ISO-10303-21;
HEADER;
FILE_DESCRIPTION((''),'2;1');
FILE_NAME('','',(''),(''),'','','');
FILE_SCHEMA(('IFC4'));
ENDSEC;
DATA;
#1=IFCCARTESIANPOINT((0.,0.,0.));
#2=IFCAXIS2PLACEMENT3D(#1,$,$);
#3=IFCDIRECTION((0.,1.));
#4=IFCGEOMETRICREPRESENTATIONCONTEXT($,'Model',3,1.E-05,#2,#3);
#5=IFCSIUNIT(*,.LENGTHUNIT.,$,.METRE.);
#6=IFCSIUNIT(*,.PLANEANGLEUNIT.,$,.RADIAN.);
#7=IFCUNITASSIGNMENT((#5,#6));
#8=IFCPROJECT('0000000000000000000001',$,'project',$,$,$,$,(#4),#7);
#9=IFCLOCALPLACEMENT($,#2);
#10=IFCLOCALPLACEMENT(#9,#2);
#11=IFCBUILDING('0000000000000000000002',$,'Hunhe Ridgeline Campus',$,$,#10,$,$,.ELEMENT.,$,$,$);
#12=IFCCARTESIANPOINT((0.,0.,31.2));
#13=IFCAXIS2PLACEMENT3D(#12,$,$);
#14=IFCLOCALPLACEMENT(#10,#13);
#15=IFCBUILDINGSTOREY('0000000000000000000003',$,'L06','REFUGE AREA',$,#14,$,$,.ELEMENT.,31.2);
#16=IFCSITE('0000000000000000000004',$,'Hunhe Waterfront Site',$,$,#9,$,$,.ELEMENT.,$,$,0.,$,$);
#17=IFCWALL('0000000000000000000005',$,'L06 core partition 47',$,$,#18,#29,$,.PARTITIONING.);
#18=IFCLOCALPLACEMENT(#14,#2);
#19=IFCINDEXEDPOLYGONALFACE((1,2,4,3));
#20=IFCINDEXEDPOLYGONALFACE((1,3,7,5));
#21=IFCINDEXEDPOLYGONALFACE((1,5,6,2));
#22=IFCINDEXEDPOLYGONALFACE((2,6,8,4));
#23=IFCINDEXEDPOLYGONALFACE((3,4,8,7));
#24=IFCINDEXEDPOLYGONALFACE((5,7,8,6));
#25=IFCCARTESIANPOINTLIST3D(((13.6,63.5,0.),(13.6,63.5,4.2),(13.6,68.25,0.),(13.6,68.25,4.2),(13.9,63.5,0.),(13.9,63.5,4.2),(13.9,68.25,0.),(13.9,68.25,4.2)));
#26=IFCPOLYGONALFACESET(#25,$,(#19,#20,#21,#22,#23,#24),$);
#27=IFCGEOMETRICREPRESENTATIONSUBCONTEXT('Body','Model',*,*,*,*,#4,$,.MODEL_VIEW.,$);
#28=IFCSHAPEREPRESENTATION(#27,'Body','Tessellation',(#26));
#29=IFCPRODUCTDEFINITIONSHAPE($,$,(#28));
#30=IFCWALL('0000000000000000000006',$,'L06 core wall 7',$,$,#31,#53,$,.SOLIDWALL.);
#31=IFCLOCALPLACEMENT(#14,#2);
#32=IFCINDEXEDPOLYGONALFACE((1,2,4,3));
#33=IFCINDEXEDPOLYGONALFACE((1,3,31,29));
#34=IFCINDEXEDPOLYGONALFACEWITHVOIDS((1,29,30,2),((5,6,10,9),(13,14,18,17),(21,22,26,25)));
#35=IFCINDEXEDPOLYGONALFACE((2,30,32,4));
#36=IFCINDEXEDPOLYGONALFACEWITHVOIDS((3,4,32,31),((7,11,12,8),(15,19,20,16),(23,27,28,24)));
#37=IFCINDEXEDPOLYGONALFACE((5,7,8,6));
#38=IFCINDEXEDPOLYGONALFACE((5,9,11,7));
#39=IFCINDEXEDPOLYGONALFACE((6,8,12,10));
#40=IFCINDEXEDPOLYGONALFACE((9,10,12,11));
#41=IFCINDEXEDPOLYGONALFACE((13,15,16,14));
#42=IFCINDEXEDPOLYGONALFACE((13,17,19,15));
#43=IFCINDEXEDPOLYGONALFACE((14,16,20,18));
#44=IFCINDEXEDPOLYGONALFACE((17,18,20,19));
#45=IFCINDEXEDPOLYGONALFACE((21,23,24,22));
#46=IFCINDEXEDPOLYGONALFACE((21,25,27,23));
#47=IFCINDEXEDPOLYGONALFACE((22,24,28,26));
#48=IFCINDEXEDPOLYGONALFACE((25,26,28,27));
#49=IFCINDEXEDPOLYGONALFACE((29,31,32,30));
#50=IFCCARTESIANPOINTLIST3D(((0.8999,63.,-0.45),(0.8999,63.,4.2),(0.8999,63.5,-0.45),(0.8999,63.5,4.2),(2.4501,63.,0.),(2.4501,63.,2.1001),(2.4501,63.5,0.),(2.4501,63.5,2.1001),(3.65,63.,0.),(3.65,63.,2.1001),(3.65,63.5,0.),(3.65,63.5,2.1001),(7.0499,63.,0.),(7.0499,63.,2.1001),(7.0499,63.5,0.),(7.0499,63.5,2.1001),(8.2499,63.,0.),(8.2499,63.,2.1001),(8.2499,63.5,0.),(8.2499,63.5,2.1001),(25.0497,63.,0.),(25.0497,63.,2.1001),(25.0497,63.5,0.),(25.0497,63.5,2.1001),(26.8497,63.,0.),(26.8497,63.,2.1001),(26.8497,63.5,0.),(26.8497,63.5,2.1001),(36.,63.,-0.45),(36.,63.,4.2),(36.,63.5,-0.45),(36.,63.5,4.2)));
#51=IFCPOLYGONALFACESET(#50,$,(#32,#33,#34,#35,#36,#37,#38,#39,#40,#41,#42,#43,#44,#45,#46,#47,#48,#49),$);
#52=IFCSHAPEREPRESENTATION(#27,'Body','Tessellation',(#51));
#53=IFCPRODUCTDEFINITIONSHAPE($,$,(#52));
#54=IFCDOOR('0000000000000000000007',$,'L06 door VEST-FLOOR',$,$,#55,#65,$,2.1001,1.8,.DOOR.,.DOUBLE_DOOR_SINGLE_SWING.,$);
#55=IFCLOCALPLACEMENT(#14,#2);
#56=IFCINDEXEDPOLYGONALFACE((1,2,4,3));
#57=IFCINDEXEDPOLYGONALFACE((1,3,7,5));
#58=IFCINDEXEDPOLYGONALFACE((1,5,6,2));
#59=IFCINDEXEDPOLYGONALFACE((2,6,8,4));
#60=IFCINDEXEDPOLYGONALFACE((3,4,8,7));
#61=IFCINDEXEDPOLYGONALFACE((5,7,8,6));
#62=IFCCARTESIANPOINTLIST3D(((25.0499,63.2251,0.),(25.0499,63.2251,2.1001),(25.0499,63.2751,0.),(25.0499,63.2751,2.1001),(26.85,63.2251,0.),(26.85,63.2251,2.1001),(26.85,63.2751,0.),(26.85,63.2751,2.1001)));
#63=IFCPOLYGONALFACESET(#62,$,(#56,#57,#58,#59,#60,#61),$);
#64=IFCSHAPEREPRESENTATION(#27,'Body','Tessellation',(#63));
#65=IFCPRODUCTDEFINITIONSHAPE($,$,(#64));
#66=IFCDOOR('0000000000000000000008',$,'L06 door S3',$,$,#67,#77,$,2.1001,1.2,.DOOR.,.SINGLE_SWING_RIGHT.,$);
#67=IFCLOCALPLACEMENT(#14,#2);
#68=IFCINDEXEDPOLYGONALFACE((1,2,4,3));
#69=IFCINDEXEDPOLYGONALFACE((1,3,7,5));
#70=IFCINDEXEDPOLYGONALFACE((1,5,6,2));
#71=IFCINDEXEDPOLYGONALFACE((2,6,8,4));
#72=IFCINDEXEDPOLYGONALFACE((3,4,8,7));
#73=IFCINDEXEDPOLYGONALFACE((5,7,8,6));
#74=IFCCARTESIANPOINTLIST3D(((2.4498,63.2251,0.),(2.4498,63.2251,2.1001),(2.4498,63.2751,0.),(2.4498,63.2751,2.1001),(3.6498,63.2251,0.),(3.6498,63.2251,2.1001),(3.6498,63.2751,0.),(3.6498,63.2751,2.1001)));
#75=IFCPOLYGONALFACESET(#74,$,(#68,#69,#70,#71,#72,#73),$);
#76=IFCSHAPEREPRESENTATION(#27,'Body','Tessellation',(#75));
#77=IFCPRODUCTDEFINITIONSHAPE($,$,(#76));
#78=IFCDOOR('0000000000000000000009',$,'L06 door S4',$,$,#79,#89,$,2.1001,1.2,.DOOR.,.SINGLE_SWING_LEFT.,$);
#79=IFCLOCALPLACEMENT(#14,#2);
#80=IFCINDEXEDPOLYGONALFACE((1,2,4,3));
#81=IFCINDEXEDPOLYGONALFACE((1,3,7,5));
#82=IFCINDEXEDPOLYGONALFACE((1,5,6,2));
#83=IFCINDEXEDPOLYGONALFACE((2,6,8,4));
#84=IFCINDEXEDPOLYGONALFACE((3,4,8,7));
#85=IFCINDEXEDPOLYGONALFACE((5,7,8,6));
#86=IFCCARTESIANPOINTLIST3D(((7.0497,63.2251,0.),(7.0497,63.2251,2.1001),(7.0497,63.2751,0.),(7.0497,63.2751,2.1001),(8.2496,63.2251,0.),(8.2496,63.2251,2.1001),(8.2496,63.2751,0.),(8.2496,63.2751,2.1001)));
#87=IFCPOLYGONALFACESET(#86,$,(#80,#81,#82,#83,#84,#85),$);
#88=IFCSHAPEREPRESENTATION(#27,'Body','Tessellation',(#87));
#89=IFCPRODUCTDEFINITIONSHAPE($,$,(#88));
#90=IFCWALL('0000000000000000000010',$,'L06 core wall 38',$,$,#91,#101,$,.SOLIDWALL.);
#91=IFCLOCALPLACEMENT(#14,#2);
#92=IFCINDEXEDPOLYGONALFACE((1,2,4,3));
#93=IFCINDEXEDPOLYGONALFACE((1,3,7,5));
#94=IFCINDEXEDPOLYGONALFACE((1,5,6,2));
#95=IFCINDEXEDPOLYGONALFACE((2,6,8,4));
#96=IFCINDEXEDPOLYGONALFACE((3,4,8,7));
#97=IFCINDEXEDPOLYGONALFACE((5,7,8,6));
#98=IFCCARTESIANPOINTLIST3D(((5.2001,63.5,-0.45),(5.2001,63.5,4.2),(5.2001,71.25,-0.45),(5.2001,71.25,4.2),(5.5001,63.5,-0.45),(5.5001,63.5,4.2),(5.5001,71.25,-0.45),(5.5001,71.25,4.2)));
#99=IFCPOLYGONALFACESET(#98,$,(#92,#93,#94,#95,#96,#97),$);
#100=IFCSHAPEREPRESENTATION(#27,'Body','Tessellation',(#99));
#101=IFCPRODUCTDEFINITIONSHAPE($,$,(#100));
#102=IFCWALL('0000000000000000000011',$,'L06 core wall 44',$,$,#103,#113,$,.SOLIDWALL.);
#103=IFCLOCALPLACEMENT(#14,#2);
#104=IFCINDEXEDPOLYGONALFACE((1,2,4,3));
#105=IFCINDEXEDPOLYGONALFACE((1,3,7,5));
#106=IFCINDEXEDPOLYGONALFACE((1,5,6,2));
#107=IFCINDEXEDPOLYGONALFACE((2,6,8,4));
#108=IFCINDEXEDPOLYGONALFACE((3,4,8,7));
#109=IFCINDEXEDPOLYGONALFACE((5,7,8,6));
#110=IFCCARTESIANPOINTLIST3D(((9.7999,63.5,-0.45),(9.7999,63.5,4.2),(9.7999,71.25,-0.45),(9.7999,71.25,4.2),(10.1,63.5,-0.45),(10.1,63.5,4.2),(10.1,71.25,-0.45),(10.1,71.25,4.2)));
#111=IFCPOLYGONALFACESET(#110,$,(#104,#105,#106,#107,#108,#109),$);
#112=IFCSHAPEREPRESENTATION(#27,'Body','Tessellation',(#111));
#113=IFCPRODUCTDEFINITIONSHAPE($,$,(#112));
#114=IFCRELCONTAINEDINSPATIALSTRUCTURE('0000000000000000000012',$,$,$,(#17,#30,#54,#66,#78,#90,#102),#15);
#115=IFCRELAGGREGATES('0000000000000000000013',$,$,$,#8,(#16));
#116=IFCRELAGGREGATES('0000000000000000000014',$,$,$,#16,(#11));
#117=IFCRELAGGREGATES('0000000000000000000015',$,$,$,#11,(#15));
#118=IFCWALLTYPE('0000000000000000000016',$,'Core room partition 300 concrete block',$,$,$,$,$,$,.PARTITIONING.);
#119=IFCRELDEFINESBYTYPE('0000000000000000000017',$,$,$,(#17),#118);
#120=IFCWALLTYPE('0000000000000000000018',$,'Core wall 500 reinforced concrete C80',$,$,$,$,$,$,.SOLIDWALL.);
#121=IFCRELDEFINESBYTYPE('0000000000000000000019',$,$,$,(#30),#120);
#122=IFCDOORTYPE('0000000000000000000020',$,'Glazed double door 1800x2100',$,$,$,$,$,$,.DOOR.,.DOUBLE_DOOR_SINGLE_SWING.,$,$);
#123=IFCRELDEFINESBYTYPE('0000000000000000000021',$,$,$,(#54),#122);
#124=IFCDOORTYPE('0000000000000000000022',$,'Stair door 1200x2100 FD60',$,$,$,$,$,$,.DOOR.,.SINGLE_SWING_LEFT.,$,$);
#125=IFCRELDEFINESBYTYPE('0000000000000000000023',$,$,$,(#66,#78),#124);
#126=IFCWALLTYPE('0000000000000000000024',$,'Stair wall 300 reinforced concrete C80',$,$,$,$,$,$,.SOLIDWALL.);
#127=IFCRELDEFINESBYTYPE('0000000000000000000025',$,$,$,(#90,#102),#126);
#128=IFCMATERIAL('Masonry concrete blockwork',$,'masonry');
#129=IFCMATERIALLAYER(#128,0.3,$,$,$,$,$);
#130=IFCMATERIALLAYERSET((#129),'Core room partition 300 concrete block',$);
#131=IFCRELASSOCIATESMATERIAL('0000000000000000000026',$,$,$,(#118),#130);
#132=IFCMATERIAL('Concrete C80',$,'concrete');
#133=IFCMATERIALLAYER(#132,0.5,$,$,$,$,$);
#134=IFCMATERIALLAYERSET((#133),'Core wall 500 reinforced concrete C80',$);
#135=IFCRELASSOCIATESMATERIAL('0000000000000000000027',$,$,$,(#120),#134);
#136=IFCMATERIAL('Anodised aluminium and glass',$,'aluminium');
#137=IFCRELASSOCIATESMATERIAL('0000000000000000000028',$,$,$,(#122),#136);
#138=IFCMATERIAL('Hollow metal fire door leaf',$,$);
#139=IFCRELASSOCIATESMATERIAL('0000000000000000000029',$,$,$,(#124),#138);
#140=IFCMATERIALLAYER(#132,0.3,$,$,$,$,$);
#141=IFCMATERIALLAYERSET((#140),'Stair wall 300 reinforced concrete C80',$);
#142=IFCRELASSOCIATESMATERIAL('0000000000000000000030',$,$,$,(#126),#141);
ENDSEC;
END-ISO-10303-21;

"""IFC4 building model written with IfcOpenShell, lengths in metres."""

from ifc_helpers import new_model, si_unit, direction, frame, frame_2d, origin, place, context, subcontext, project, spatial, rectangle, extrude, material, layer, layer_set, type_object, element, fill, save


model = new_model("IFC4")

# Units and contexts
model_context = context("Model", 3, precision=1e-05, world=origin(), true_north=direction((0.0, 1.0)))
body_context = subcontext(model_context, "Body", "Model", "MODEL_VIEW")
ifc_project = project(units=[si_unit("LENGTHUNIT", "METRE"), si_unit("PLANEANGLEUNIT", "RADIAN")], contexts=[model_context])

# Site, building, storey
site_placement = place(None, origin())
site = spatial("IfcSite", under=ifc_project, at=site_placement, Name="Hunhe Waterfront Site", CompositionType="ELEMENT", RefElevation=0.0)
building_placement = place(site_placement, origin())
building = spatial("IfcBuilding", under=site, at=building_placement, Name="Hunhe Ridgeline Campus", CompositionType="ELEMENT")
storey_placement = place(building_placement, frame((0.0, 0.0, 31.2)))
storey = spatial("IfcBuildingStorey", under=building, at=storey_placement, Name="L06", Description="REFUGE AREA", CompositionType="ELEMENT", Elevation=31.2)

# Wall
ifc_material_1 = material(Name="Masonry concrete blockwork", Category="masonry")
ifc_layer_1 = layer(ifc_material_1, 0.3)
ifc_layer_set_1 = layer_set([ifc_layer_1], Name="Core room partition 300 concrete block")
wall_type_1 = type_object("IfcWallType", Name="Core room partition 300 concrete block", PredefinedType="PARTITIONING", material=ifc_layer_set_1)
wall_1_placement = place(storey_placement, frame((13.75, 63.5, 0.0), z_axis=(0.0, 0.0, 1.0), x_axis=(0.0, 1.0, 0.0)))
element("IfcWall", 1, at=wall_1_placement, inside=storey, type_object=wall_type_1, Name="L06 core partition 47", PredefinedType="PARTITIONING", context=body_context, shape_type="SweptSolid", body=[
    extrude(rectangle(XDim=4.75, YDim=0.3, at=frame_2d((2.375, 0.0))), origin(), (0.0, 0.0, 1.0), 4.2),
])

# Wall, openings, doors
ifc_material_2 = material(Name="Concrete C80", Category="concrete")
ifc_layer_2 = layer(ifc_material_2, 0.5)
ifc_layer_set_2 = layer_set([ifc_layer_2], Name="Core wall 500 reinforced concrete C80")
wall_type_2 = type_object("IfcWallType", Name="Core wall 500 reinforced concrete C80", PredefinedType="SOLIDWALL", material=ifc_layer_set_2)
wall_2_placement = place(storey_placement, frame((0.8999, 63.25, -0.45), z_axis=(0.0, 0.0, 1.0), x_axis=(1.0, 0.0, 0.0)))
wall_2 = element("IfcWall", 2, at=wall_2_placement, inside=storey, type_object=wall_type_2, Name="L06 core wall 7", PredefinedType="SOLIDWALL", context=body_context, shape_type="SweptSolid", body=[
    extrude(rectangle(XDim=35.1001, YDim=0.5, at=frame_2d((17.55, 0.0))), origin(), (0.0, 0.0, 1.0), 4.6499),
])
opening_1_placement = place(wall_2_placement, frame((24.1499, 0.0, 0.45)))
opening_1 = element("IfcOpeningElement", 3, at=opening_1_placement, cuts=wall_2, PredefinedType="OPENING", context=body_context, shape_type="SweptSolid", body=[
    extrude(rectangle(XDim=1.8, YDim=2.1001, at=frame_2d((0.8999, 1.05))), frame((0.0, 0.25, 0.0), z_axis=(0.0, -1.0, 0.0), x_axis=(1.0, 0.0, 0.0)), (0.0, 0.0, 1.0), 0.5),
])
opening_2_placement = place(wall_2_placement, frame((1.55, 0.0, 0.45)))
opening_2 = element("IfcOpeningElement", 4, at=opening_2_placement, cuts=wall_2, PredefinedType="OPENING", context=body_context, shape_type="SweptSolid", body=[
    extrude(rectangle(XDim=1.2, YDim=2.1001, at=frame_2d((0.6001, 1.05))), frame((0.0, 0.25, 0.0), z_axis=(0.0, -1.0, 0.0), x_axis=(1.0, 0.0, 0.0)), (0.0, 0.0, 1.0), 0.5),
])
opening_3_placement = place(wall_2_placement, frame((6.1499, 0.0, 0.45)))
opening_3 = element("IfcOpeningElement", 5, at=opening_3_placement, cuts=wall_2, PredefinedType="OPENING", context=body_context, shape_type="SweptSolid", body=[
    extrude(rectangle(XDim=1.2, YDim=2.1001, at=frame_2d((0.6001, 1.05))), frame((0.0, 0.25, 0.0), z_axis=(0.0, -1.0, 0.0), x_axis=(1.0, 0.0, 0.0)), (0.0, 0.0, 1.0), 0.5),
])
ifc_material_3 = material(Name="Anodised aluminium and glass", Category="aluminium")
door_type_1 = type_object("IfcDoorType", Name="Glazed double door 1800x2100", OperationType="DOUBLE_DOOR_SINGLE_SWING", PredefinedType="DOOR", material=ifc_material_3)
door_1_placement = place(opening_1_placement, frame((1.8, 0.0, 0.0), z_axis=(0.0, 0.0, 1.0), x_axis=(-1.0, 0.0, 0.0)))
door_1 = element("IfcDoor", 6, at=door_1_placement, inside=storey, type_object=door_type_1, Name="L06 door VEST-FLOOR", OperationType="DOUBLE_DOOR_SINGLE_SWING", OverallHeight=2.1001, OverallWidth=1.8, PredefinedType="DOOR", context=body_context, shape_type="SweptSolid", body=[
    extrude(rectangle(XDim=1.8, YDim=2.1001, at=frame_2d((0.8999, 1.05))), frame((0.0, 0.0249, 0.0), z_axis=(0.0, -1.0, 0.0), x_axis=(1.0, 0.0, 0.0)), (0.0, 0.0, 1.0), 0.05),
])
fill(opening_1, door_1)
ifc_material_4 = material(Name="Hollow metal fire door leaf")
door_type_2 = type_object("IfcDoorType", Name="Stair door 1200x2100 FD60", OperationType="SINGLE_SWING_LEFT", PredefinedType="DOOR", material=ifc_material_4)
door_2_placement = place(opening_2_placement, frame((1.2, 0.0, 0.0), z_axis=(0.0, 0.0, 1.0), x_axis=(-1.0, 0.0, 0.0)))
door_2 = element("IfcDoor", 7, at=door_2_placement, inside=storey, type_object=door_type_2, Name="L06 door S3", OperationType="SINGLE_SWING_RIGHT", OverallHeight=2.1001, OverallWidth=1.2, PredefinedType="DOOR", context=body_context, shape_type="SweptSolid", body=[
    extrude(rectangle(XDim=1.2, YDim=2.1001, at=frame_2d((0.6001, 1.05))), frame((0.0, 0.0249, 0.0), z_axis=(0.0, -1.0, 0.0), x_axis=(1.0, 0.0, 0.0)), (0.0, 0.0, 1.0), 0.05),
])
fill(opening_2, door_2)
door_3_placement = place(opening_3_placement, frame((1.2, 0.0, 0.0), z_axis=(0.0, 0.0, 1.0), x_axis=(-1.0, 0.0, 0.0)))
door_3 = element("IfcDoor", 8, at=door_3_placement, inside=storey, type_object=door_type_2, Name="L06 door S4", OperationType="SINGLE_SWING_LEFT", OverallHeight=2.1001, OverallWidth=1.2, PredefinedType="DOOR", context=body_context, shape_type="SweptSolid", body=[
    extrude(rectangle(XDim=1.2, YDim=2.1001, at=frame_2d((0.6001, 1.05))), frame((0.0, 0.0249, 0.0), z_axis=(0.0, -1.0, 0.0), x_axis=(1.0, 0.0, 0.0)), (0.0, 0.0, 1.0), 0.05),
])
fill(opening_3, door_3)

# Shared definitions
ifc_layer_3 = layer(ifc_material_2, 0.3)
ifc_layer_set_3 = layer_set([ifc_layer_3], Name="Stair wall 300 reinforced concrete C80")
wall_type_3 = type_object("IfcWallType", Name="Stair wall 300 reinforced concrete C80", PredefinedType="SOLIDWALL", material=ifc_layer_set_3)

# Walls
for number, where, z_axis, x_axis, name in (
    (9, (5.3501, 63.5, -0.45), (0.0, 0.0, 1.0), (0.0, 1.0, 0.0), "L06 core wall 38"),
    (10, (9.95, 63.5, -0.45), (0.0, 0.0, 1.0), (0.0, 1.0, 0.0), "L06 core wall 44"),
):
    element("IfcWall", number, at=place(storey_placement, frame(where, z_axis=z_axis, x_axis=x_axis)), inside=storey, type_object=wall_type_3, Name=name, PredefinedType="SOLIDWALL", context=body_context, shape_type="SweptSolid", body=[
        extrude(rectangle(XDim=7.75, YDim=0.3, at=frame_2d((3.875, 0.0))), origin(), (0.0, 0.0, 1.0), 4.6499),
    ])

save(model, "model.ifc")
